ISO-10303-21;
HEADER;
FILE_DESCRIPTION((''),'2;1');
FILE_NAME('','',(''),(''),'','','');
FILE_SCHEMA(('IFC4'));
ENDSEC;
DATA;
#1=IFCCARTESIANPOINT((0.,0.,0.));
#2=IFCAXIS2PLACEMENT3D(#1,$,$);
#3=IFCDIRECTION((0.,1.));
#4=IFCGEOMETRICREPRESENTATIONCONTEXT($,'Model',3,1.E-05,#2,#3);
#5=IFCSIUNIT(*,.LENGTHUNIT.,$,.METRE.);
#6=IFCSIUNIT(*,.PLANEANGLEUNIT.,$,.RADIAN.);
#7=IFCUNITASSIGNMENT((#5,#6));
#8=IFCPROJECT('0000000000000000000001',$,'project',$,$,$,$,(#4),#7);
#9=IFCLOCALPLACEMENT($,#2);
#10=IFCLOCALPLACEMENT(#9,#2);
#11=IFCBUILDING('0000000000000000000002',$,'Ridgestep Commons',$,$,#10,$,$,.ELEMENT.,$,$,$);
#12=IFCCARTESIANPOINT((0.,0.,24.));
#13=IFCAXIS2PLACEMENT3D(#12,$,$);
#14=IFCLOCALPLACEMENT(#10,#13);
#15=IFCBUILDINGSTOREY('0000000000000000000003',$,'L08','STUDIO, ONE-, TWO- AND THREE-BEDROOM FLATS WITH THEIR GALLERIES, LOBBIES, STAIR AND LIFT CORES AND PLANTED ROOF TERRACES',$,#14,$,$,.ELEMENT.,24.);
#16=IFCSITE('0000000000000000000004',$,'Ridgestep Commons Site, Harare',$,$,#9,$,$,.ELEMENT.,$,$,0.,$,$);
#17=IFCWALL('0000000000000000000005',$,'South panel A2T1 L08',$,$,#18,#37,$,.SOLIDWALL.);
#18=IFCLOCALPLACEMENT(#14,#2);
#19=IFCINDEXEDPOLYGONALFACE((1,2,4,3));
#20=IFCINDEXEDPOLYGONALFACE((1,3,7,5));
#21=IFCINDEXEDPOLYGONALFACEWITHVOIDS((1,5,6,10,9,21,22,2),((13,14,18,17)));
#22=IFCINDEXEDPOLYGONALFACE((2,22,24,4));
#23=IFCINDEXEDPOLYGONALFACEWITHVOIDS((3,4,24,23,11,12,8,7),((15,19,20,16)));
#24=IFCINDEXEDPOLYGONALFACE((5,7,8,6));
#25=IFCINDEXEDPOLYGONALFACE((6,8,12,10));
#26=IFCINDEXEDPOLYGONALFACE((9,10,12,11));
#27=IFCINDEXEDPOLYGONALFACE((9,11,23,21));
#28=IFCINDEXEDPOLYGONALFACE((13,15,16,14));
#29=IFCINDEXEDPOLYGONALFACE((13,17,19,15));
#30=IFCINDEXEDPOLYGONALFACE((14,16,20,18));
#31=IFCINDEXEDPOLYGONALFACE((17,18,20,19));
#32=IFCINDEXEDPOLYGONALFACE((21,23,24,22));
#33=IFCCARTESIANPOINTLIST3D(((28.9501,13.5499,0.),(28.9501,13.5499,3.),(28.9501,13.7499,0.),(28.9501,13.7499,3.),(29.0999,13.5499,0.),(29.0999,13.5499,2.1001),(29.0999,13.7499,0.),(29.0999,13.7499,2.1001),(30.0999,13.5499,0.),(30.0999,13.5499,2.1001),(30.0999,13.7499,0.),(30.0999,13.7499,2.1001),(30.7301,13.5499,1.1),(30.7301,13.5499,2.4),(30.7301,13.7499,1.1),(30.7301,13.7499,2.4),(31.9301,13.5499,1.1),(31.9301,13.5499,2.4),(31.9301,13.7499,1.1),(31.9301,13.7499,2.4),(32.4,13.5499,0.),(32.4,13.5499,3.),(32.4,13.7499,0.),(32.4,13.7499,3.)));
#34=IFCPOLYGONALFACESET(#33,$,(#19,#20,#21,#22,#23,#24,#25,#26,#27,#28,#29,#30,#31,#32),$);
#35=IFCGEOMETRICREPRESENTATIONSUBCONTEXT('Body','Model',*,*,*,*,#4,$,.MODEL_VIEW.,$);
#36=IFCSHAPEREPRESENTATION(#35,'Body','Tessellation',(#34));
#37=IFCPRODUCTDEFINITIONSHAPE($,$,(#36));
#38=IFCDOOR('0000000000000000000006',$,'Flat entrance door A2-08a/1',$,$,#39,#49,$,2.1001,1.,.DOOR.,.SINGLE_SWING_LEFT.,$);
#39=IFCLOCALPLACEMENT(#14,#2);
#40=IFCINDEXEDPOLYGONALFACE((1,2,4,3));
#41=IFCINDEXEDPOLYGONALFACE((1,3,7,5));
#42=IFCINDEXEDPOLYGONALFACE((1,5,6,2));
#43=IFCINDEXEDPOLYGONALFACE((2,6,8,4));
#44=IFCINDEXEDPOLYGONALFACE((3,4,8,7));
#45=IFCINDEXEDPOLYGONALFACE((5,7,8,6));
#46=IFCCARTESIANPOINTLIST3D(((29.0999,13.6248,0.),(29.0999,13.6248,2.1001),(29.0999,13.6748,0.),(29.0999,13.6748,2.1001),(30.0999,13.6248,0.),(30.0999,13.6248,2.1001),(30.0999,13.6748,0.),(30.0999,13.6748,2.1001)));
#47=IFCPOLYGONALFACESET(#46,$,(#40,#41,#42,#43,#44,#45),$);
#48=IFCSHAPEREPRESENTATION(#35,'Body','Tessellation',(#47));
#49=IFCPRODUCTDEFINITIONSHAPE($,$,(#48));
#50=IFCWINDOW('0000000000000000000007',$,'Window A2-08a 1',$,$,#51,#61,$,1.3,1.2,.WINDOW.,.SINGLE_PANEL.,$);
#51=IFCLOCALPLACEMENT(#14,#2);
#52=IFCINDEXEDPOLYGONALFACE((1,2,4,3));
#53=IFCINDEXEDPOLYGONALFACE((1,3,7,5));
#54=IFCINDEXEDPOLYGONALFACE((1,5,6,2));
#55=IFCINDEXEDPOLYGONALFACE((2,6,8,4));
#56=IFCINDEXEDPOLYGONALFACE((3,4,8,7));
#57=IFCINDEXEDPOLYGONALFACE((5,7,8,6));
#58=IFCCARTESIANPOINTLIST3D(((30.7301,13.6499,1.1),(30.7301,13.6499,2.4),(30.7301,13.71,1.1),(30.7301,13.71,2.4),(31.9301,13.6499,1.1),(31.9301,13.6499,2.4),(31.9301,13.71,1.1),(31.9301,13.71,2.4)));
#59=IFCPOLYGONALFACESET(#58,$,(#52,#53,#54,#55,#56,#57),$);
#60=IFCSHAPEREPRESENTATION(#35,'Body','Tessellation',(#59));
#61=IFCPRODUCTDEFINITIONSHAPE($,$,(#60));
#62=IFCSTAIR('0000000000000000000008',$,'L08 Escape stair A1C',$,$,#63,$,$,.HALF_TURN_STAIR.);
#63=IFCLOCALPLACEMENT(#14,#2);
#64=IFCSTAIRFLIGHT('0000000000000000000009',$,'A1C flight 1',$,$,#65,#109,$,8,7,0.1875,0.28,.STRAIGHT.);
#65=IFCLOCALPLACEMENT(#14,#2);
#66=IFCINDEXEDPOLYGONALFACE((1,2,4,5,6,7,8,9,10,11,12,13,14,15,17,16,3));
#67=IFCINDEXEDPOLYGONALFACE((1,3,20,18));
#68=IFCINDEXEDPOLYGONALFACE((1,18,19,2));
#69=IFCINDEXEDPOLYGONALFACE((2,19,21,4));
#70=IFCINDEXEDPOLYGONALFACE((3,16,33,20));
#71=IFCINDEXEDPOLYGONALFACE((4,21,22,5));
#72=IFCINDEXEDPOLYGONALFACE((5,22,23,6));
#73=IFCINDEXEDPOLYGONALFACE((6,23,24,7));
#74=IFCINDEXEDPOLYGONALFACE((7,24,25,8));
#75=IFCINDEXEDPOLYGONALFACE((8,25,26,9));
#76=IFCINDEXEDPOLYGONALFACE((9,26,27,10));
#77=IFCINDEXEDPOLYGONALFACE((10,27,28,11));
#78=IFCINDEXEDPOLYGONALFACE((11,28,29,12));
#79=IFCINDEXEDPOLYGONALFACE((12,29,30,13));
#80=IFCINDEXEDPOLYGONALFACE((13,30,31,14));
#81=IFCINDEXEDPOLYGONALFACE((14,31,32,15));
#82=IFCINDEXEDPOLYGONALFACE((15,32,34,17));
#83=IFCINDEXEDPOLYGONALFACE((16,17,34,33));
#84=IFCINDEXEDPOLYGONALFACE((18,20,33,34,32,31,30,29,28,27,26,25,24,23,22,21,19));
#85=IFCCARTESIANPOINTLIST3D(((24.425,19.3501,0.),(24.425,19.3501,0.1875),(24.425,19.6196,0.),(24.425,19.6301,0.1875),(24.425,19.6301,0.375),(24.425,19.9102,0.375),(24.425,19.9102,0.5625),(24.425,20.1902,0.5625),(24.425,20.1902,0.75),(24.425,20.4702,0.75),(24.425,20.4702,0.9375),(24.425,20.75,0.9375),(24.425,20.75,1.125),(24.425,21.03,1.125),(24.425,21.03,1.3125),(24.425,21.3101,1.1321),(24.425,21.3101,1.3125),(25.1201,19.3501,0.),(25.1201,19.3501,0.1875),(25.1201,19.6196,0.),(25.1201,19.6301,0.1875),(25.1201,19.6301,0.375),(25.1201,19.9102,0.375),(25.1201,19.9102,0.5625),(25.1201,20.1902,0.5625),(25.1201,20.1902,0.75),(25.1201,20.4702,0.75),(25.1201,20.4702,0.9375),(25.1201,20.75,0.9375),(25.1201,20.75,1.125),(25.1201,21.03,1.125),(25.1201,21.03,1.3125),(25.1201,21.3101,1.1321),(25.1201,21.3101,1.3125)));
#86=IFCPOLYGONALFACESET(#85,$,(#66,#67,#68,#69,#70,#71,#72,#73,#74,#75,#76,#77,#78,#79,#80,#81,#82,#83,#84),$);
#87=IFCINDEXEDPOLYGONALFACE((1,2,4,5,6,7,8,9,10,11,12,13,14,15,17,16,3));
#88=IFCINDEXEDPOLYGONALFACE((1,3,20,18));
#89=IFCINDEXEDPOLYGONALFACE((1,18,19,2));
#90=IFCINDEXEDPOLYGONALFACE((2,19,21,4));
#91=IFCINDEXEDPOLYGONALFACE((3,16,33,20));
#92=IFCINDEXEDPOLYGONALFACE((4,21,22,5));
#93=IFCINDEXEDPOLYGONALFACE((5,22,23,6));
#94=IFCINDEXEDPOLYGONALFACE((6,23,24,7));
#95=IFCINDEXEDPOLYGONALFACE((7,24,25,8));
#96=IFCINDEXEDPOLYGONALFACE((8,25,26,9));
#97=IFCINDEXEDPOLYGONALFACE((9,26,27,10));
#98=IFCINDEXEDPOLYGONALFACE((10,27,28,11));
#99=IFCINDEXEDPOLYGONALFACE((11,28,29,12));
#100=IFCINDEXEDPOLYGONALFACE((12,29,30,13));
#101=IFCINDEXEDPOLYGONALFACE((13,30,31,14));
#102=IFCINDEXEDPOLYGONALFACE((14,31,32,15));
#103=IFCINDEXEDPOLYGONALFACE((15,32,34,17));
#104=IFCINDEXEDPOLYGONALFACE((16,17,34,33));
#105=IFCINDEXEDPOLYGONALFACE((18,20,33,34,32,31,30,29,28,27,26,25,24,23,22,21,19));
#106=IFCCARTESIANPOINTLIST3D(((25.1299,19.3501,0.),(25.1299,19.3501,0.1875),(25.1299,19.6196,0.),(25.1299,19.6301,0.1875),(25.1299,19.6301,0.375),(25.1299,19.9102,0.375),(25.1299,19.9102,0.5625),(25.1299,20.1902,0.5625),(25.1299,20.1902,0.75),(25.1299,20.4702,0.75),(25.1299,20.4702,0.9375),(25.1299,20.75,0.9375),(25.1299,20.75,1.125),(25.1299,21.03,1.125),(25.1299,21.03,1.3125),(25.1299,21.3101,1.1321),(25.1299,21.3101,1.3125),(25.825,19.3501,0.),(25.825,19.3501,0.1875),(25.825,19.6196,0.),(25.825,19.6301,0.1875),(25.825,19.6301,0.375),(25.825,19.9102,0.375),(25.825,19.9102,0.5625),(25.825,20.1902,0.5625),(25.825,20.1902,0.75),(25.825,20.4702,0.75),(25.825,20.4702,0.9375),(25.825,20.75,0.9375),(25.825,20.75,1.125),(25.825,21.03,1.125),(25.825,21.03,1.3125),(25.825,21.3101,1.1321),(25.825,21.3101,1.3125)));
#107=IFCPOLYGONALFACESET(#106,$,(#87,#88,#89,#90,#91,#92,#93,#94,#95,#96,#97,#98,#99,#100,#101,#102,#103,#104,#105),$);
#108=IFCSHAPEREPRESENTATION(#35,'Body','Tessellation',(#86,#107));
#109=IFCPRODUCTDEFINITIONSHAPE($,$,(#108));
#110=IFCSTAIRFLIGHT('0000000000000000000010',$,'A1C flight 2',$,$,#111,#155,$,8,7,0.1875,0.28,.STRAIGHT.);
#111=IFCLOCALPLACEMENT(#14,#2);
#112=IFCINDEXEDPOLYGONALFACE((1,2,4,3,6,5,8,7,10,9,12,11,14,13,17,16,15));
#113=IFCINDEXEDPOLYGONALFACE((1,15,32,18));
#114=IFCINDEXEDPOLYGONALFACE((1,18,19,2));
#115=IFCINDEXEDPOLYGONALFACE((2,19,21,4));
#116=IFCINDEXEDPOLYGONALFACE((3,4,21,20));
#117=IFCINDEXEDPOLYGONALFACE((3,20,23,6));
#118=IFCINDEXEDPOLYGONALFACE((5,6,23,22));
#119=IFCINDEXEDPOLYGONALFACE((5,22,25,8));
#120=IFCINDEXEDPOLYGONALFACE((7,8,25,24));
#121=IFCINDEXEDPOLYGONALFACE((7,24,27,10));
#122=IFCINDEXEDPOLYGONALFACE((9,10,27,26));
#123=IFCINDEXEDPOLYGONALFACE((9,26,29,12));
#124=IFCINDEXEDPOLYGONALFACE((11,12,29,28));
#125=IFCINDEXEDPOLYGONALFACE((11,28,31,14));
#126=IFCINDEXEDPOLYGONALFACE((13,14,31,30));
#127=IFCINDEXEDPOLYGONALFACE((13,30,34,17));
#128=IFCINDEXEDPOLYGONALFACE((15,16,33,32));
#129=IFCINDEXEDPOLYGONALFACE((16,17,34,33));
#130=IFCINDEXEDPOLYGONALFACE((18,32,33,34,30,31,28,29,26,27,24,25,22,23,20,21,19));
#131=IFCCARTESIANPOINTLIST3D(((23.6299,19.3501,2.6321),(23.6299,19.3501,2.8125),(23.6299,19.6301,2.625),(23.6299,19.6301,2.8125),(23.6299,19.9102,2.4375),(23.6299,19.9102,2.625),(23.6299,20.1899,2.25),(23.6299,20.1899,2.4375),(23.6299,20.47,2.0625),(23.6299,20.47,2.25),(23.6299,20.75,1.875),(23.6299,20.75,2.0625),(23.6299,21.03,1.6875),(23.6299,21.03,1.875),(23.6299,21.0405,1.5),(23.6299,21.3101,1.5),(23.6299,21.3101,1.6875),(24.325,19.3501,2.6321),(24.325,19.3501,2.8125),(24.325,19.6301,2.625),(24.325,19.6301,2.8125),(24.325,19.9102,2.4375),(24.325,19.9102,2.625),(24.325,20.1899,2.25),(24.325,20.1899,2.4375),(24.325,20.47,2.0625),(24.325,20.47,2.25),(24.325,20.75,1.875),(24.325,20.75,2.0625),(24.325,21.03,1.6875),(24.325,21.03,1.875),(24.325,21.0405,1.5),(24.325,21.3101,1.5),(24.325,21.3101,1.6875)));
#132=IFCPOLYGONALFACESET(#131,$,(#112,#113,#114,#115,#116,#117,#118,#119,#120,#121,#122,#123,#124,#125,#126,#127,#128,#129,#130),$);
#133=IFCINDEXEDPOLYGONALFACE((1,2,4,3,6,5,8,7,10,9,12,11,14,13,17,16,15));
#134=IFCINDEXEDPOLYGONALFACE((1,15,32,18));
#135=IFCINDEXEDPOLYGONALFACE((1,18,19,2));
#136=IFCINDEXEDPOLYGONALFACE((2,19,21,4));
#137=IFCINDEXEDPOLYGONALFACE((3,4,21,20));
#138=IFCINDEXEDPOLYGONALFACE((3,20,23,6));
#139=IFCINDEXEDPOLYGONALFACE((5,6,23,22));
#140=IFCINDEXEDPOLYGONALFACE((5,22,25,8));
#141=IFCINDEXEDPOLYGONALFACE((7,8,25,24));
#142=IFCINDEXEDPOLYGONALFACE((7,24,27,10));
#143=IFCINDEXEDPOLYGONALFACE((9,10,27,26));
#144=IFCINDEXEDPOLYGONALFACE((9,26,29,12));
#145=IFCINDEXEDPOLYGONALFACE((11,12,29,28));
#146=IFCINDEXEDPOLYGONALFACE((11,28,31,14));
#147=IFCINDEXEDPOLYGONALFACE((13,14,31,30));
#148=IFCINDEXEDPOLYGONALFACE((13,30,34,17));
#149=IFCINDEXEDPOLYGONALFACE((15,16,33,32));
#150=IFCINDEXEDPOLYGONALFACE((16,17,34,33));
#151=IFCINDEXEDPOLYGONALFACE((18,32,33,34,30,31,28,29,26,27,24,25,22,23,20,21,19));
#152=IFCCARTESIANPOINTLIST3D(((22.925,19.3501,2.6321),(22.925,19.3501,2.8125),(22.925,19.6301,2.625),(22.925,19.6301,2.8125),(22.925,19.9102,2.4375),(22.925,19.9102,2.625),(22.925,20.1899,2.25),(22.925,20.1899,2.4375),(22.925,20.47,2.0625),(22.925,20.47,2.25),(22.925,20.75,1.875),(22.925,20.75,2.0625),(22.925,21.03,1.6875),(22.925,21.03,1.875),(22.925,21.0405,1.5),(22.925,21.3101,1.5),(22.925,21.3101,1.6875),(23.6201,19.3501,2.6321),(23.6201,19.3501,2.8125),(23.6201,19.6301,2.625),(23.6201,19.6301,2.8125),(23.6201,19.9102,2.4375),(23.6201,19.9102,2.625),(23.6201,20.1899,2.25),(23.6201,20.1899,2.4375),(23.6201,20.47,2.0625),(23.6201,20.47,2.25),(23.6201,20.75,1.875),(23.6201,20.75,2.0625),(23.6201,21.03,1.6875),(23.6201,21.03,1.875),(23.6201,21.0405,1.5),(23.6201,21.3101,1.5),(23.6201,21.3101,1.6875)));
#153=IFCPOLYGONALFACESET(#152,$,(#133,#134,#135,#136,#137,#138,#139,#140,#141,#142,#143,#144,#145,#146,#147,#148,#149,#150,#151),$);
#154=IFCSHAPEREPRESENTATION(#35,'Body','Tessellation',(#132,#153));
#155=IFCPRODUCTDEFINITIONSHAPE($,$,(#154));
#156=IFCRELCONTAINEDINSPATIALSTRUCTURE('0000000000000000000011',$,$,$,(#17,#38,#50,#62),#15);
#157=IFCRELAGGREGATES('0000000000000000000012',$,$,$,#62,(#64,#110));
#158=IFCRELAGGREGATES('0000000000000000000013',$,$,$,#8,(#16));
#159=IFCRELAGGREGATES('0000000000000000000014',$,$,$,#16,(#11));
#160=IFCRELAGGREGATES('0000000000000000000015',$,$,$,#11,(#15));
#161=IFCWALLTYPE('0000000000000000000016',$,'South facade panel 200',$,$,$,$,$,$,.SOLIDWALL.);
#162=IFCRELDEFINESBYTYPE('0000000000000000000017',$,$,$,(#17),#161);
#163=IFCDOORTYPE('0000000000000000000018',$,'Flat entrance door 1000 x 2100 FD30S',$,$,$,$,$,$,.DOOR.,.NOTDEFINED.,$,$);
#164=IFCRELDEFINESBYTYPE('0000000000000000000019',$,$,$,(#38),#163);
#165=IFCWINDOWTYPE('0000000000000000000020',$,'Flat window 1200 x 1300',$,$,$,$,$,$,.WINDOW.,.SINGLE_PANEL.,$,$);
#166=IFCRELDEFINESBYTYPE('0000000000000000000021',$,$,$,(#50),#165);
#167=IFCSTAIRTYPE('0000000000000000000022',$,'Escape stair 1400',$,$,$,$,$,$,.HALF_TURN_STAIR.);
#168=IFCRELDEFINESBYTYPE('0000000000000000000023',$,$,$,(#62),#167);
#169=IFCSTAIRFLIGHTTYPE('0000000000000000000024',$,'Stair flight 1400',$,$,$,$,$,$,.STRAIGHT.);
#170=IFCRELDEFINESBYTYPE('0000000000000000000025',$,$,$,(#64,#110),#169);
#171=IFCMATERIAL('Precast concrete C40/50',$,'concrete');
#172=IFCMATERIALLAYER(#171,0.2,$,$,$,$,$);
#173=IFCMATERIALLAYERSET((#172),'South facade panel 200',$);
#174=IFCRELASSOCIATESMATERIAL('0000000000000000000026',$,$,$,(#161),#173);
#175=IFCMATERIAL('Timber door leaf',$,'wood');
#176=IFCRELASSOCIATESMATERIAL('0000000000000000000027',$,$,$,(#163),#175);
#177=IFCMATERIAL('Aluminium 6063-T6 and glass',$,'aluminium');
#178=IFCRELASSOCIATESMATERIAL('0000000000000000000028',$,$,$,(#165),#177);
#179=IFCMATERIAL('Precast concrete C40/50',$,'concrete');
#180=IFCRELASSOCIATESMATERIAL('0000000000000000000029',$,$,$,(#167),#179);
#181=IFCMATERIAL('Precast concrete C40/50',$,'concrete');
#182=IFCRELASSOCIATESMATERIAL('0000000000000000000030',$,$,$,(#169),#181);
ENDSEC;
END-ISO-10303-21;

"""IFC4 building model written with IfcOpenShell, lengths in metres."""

from ifc_helpers import new_model, si_unit, direction, frame, frame_2d, origin, place, context, subcontext, project, spatial, polyline, rectangle, outline, extrude, material, layer, layer_set, type_object, element, fill, aggregate, save


model = new_model("IFC4")

# Units and contexts
model_context = context("Model", 3, precision=1e-05, world=origin(), true_north=direction((0.0, 1.0)))
body_context = subcontext(model_context, "Body", "Model", "MODEL_VIEW")
ifc_project = project(units=[si_unit("LENGTHUNIT", "METRE"), si_unit("PLANEANGLEUNIT", "RADIAN")], contexts=[model_context])

# Site, building, storey
site_placement = place(None, origin())
site = spatial("IfcSite", under=ifc_project, at=site_placement, Name="Ridgestep Commons Site, Harare", CompositionType="ELEMENT", RefElevation=0.0)
building_placement = place(site_placement, origin())
building = spatial("IfcBuilding", under=site, at=building_placement, Name="Ridgestep Commons", CompositionType="ELEMENT")
storey_placement = place(building_placement, frame((0.0, 0.0, 24.0)))
storey = spatial("IfcBuildingStorey", under=building, at=storey_placement, Name="L08", Description="STUDIO, ONE-, TWO- AND THREE-BEDROOM FLATS WITH THEIR GALLERIES, LOBBIES, STAIR AND LIFT CORES AND PLANTED ROOF TERRACES", CompositionType="ELEMENT", Elevation=24.0)

# Wall, openings, door, window
ifc_material_1 = material(Name="Precast concrete C40/50", Category="concrete")
ifc_layer_1 = layer(ifc_material_1, 0.2)
ifc_layer_set_1 = layer_set([ifc_layer_1], Name="South facade panel 200")
wall_type_1 = type_object("IfcWallType", Name="South facade panel 200", PredefinedType="SOLIDWALL", material=ifc_layer_set_1)
wall_1_placement = place(storey_placement, frame((28.95, 13.6499, 0.0), z_axis=(0.0, 0.0, 1.0), x_axis=(1.0, 0.0, 0.0)))
wall_1 = element("IfcWall", 1, at=wall_1_placement, inside=storey, type_object=wall_type_1, Name="South panel A2T1 L08", PredefinedType="SOLIDWALL", context=body_context, shape_type="SweptSolid", body=[
    extrude(rectangle(XDim=3.45, YDim=0.2, at=frame_2d((1.7251, 0.0))), origin(), (0.0, 0.0, 1.0), 3.0),
])
opening_1_placement = place(wall_1_placement, frame((1.78, 0.0, 1.1001)))
opening_1 = element("IfcOpeningElement", 2, at=opening_1_placement, cuts=wall_1, PredefinedType="OPENING", context=body_context, shape_type="SweptSolid", body=[
    extrude(rectangle(XDim=1.2, YDim=1.3, at=frame_2d((0.6001, 0.6499))), frame((0.0, 0.1099, 0.0), z_axis=(0.0, -1.0, 0.0), x_axis=(1.0, 0.0, 0.0)), (0.0, 0.0, 1.0), 0.22),
])
opening_2_placement = place(wall_1_placement, frame((0.1499, 0.0, 0.0)))
opening_2 = element("IfcOpeningElement", 3, at=opening_2_placement, cuts=wall_1, PredefinedType="OPENING", context=body_context, shape_type="SweptSolid", body=[
    extrude(rectangle(XDim=1.0, YDim=2.1001, at=frame_2d((0.5, 1.05))), frame((0.0, 0.1099, 0.0), z_axis=(0.0, -1.0, 0.0), x_axis=(1.0, 0.0, 0.0)), (0.0, 0.0, 1.0), 0.22),
])
ifc_material_2 = material(Name="Timber door leaf", Category="wood")
door_type_1 = type_object("IfcDoorType", Name="Flat entrance door 1000 x 2100 FD30S", OperationType="NOTDEFINED", PredefinedType="DOOR", material=ifc_material_2)
door_1_placement = place(opening_2_placement, origin())
door_1 = element("IfcDoor", 4, at=door_1_placement, inside=storey, type_object=door_type_1, Name="Flat entrance door A2-08a/1", OperationType="SINGLE_SWING_LEFT", OverallHeight=2.1001, OverallWidth=1.0, PredefinedType="DOOR", context=body_context, shape_type="SweptSolid", body=[
    extrude(rectangle(XDim=1.0, YDim=2.1001, at=frame_2d((0.5, 1.05))), frame((0.0, 0.0249, 0.0), z_axis=(0.0, -1.0, 0.0), x_axis=(1.0, 0.0, 0.0)), (0.0, 0.0, 1.0), 0.05),
])
fill(opening_2, door_1)
ifc_material_3 = material(Name="Aluminium 6063-T6 and glass", Category="aluminium")
window_type_1 = type_object("IfcWindowType", Name="Flat window 1200 x 1300", PartitioningType="SINGLE_PANEL", PredefinedType="WINDOW", material=ifc_material_3)
window_1_placement = place(opening_1_placement, origin())
window_1 = element("IfcWindow", 5, at=window_1_placement, inside=storey, type_object=window_type_1, Name="Window A2-08a 1", OverallHeight=1.3, OverallWidth=1.2, PartitioningType="SINGLE_PANEL", PredefinedType="WINDOW", context=body_context, shape_type="SweptSolid", body=[
    extrude(rectangle(XDim=1.2, YDim=1.3, at=frame_2d((0.6001, 0.6499))), frame((0.0, 0.0601, 0.0), z_axis=(0.0, -1.0, 0.0), x_axis=(1.0, 0.0, 0.0)), (0.0, 0.0, 1.0), 0.0601),
])
fill(opening_1, window_1)

# Stair, stair flights
ifc_material_4 = material(Name="Precast concrete C40/50", Category="concrete")
stair_type = type_object("IfcStairType", Name="Escape stair 1400", PredefinedType="HALF_TURN_STAIR", material=ifc_material_4)
stair_placement = place(storey_placement, origin())
stair = element("IfcStair", 6, at=stair_placement, inside=storey, type_object=stair_type, Name="L08 Escape stair A1C", PredefinedType="HALF_TURN_STAIR")
ifc_material_5 = material(Name="Precast concrete C40/50", Category="concrete")
stair_flight_type = type_object("IfcStairFlightType", Name="Stair flight 1400", PredefinedType="STRAIGHT", material=ifc_material_5)
stair_flight_1_placement = place(storey_placement, frame((25.125, 19.3501, 0.0), z_axis=(0.0, 0.0, 1.0), x_axis=(0.0, 1.0, 0.0)))
stair_flight_1 = element("IfcStairFlight", 7, at=stair_flight_1_placement, type_object=stair_flight_type, Name="A1C flight 1", NumberOfRisers=8, NumberOfTreads=7, PredefinedType="STRAIGHT", RiserHeight=0.1875, TreadLength=0.28, context=body_context, shape_type="SweptSolid", body=[
    extrude(outline(polyline([(0.0, 0.0), (0.0, 0.1875), (0.28, 0.1875), (0.28, 0.375), (0.5601, 0.375), (0.5601, 0.5625), (0.8401, 0.5625), (0.8401, 0.75), (1.1201, 0.75), (1.1201, 0.9375), (1.3999, 0.9375), (1.3999, 1.125), (1.6799, 1.125), (1.6799, 1.3125), (1.96, 1.3125), (1.96, 1.5), (1.96, 1.1321), (0.2695, 0.0), (0.0, 0.0)])), frame((0.0, 0.7, 0.0), z_axis=(0.0, -1.0, 0.0), x_axis=(1.0, 0.0, 0.0)), (0.0, 0.0, 1.0), 0.6951),
    extrude(outline(polyline([(0.0, 0.0), (0.0, 0.1875), (0.28, 0.1875), (0.28, 0.375), (0.5601, 0.375), (0.5601, 0.5625), (0.8401, 0.5625), (0.8401, 0.75), (1.1201, 0.75), (1.1201, 0.9375), (1.3999, 0.9375), (1.3999, 1.125), (1.6799, 1.125), (1.6799, 1.3125), (1.96, 1.3125), (1.96, 1.5), (1.96, 1.1321), (0.2695, 0.0), (0.0, 0.0)])), frame((0.0, -0.0049, 0.0), z_axis=(0.0, -1.0, 0.0), x_axis=(1.0, 0.0, 0.0)), (0.0, 0.0, 1.0), 0.6951),
])
stair_flight_2_placement = place(storey_placement, frame((23.625, 21.3101, 1.5), z_axis=(0.0, 0.0, 1.0), x_axis=(0.0, -1.0, 0.0)))
stair_flight_2 = element("IfcStairFlight", 8, at=stair_flight_2_placement, type_object=stair_flight_type, Name="A1C flight 2", NumberOfRisers=8, NumberOfTreads=7, PredefinedType="STRAIGHT", RiserHeight=0.1875, TreadLength=0.28, context=body_context, shape_type="SweptSolid", body=[
    extrude(outline(polyline([(0.0, 0.0), (0.0, 0.1875), (0.28, 0.1875), (0.28, 0.375), (0.5601, 0.375), (0.5601, 0.5625), (0.8401, 0.5625), (0.8401, 0.75), (1.1201, 0.75), (1.1201, 0.9375), (1.3999, 0.9375), (1.3999, 1.125), (1.6799, 1.125), (1.6799, 1.3125), (1.96, 1.3125), (1.96, 1.5), (1.96, 1.1321), (0.2695, 0.0), (0.0, 0.0)])), frame((0.0, 0.7, 0.0), z_axis=(0.0, -1.0, 0.0), x_axis=(1.0, 0.0, 0.0)), (0.0, 0.0, 1.0), 0.6951),
    extrude(outline(polyline([(0.0, 0.0), (0.0, 0.1875), (0.28, 0.1875), (0.28, 0.375), (0.5601, 0.375), (0.5601, 0.5625), (0.8401, 0.5625), (0.8401, 0.75), (1.1201, 0.75), (1.1201, 0.9375), (1.3999, 0.9375), (1.3999, 1.125), (1.6799, 1.125), (1.6799, 1.3125), (1.96, 1.3125), (1.96, 1.5), (1.96, 1.1321), (0.2695, 0.0), (0.0, 0.0)])), frame((0.0, -0.0049, 0.0), z_axis=(0.0, -1.0, 0.0), x_axis=(1.0, 0.0, 0.0)), (0.0, 0.0, 1.0), 0.6951),
])
aggregate(stair, [stair_flight_1, stair_flight_2])

save(model, "model.ifc")
